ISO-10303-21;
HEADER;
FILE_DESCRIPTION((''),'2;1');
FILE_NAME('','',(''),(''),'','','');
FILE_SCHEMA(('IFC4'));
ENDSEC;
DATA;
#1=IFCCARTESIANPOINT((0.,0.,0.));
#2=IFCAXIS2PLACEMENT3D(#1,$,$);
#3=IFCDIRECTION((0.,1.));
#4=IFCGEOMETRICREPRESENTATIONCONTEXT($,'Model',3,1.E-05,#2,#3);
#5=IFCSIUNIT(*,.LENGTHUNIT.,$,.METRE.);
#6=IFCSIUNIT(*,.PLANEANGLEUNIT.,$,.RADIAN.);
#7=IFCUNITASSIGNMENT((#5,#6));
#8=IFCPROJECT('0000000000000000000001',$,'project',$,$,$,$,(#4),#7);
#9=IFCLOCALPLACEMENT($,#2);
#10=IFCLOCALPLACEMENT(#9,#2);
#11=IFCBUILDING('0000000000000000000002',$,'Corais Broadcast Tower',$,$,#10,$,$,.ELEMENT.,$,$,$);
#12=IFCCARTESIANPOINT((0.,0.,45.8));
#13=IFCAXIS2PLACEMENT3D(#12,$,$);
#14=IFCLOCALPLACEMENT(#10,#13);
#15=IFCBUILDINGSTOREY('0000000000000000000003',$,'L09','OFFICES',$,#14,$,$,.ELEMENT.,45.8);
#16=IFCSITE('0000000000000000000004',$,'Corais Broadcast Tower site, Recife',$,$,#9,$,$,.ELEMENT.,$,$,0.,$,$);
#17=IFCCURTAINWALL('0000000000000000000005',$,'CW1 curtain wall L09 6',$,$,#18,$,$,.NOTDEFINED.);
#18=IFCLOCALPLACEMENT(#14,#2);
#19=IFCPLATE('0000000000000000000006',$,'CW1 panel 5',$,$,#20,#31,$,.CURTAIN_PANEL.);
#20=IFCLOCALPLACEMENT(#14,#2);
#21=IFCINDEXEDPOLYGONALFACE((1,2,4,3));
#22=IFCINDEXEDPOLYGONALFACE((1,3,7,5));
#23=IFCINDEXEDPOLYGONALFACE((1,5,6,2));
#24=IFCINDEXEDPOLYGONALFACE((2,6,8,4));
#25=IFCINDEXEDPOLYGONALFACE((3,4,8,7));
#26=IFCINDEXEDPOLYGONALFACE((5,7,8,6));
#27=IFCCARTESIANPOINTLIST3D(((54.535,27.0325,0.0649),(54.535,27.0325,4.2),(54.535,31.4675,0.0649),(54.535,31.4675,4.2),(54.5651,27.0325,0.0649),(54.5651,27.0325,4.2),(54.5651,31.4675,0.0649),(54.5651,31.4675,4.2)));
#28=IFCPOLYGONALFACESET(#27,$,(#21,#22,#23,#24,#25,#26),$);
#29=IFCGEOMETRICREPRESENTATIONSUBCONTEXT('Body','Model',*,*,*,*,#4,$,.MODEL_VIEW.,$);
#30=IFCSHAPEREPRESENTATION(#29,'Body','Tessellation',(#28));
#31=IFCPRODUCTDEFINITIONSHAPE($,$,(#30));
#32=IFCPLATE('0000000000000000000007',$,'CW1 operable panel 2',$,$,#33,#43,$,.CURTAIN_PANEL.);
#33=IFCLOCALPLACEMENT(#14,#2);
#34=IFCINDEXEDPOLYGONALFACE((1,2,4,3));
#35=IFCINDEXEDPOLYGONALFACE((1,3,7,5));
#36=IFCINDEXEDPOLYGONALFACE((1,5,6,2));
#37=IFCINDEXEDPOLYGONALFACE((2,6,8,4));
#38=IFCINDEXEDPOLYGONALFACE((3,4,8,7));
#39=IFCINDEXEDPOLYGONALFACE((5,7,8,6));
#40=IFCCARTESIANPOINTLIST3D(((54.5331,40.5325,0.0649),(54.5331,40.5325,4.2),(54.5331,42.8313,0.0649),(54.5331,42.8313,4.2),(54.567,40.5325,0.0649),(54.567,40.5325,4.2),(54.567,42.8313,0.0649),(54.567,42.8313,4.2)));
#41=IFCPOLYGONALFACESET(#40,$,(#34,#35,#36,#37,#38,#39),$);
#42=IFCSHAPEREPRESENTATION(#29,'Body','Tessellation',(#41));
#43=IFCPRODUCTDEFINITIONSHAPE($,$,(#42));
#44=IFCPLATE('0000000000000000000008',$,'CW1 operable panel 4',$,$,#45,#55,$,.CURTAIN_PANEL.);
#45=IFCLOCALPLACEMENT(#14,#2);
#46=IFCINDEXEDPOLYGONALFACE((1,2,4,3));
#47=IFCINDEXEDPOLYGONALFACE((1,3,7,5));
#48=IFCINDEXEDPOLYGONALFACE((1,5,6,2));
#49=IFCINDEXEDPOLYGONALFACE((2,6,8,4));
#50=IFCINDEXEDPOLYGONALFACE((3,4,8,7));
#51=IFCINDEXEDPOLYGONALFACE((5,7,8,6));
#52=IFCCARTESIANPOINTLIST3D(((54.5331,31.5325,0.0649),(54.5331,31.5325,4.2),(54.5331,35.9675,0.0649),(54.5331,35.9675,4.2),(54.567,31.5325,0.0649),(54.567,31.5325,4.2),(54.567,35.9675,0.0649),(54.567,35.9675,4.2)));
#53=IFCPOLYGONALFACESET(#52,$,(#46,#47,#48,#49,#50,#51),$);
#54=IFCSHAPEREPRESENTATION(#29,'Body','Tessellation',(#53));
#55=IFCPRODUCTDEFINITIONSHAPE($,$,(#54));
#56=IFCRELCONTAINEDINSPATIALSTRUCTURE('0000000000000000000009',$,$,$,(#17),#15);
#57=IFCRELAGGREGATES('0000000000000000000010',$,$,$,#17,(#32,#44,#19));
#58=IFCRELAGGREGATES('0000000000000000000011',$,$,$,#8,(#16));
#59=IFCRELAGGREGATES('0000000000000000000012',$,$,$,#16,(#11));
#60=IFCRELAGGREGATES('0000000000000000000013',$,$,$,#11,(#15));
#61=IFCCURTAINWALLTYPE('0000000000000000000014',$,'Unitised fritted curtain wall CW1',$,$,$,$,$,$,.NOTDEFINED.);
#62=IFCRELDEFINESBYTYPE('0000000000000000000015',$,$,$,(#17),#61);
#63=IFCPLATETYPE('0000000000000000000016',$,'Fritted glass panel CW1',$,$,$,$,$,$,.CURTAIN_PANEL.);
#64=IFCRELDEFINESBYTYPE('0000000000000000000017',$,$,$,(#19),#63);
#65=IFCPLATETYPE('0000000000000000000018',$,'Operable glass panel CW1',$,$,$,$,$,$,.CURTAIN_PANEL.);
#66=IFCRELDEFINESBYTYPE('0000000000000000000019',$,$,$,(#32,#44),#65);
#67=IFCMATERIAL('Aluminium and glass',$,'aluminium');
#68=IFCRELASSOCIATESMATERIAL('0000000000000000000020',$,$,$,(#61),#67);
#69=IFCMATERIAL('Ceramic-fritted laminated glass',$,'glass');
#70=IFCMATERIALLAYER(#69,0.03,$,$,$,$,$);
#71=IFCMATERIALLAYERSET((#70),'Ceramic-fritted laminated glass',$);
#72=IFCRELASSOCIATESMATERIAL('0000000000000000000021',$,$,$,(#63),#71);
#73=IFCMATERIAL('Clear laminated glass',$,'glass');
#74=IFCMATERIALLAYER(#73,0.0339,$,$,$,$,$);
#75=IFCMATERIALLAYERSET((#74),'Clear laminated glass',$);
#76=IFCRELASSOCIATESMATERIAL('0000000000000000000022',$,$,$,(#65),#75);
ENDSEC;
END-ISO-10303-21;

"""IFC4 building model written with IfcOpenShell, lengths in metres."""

from ifc_helpers import new_model, si_unit, direction, frame, origin, origin_2d, place, context, subcontext, project, spatial, rectangle, extrude, material, layer, layer_set, type_object, element, aggregate, save


model = new_model("IFC4")

# Units and contexts
model_context = context("Model", 3, precision=1e-05, world=origin(), true_north=direction((0.0, 1.0)))
body_context = subcontext(model_context, "Body", "Model", "MODEL_VIEW")
ifc_project = project(units=[si_unit("LENGTHUNIT", "METRE"), si_unit("PLANEANGLEUNIT", "RADIAN")], contexts=[model_context])

# Site, building, storey
site_placement = place(None, origin())
site = spatial("IfcSite", under=ifc_project, at=site_placement, Name="Corais Broadcast Tower site, Recife", CompositionType="ELEMENT", RefElevation=0.0)
building_placement = place(site_placement, origin())
building = spatial("IfcBuilding", under=site, at=building_placement, Name="Corais Broadcast Tower", CompositionType="ELEMENT")
storey_placement = place(building_placement, frame((0.0, 0.0, 45.8)))
storey = spatial("IfcBuildingStorey", under=building, at=storey_placement, Name="L09", Description="OFFICES", CompositionType="ELEMENT", Elevation=45.8)

# Curtain wall
ifc_material_1 = material(Name="Aluminium and glass", Category="aluminium")
curtain_wall_type = type_object("IfcCurtainWallType", Name="Unitised fritted curtain wall CW1", PredefinedType="NOTDEFINED", material=ifc_material_1)
curtain_wall_placement = place(storey_placement, origin())
curtain_wall = element("IfcCurtainWall", 1, at=curtain_wall_placement, inside=storey, type_object=curtain_wall_type, Name="CW1 curtain wall L09 6", PredefinedType="NOTDEFINED")

# Plates
ifc_material_2 = material(Name="Ceramic-fritted laminated glass", Category="glass")
ifc_layer_1 = layer(ifc_material_2, 0.03)
ifc_layer_set_1 = layer_set([ifc_layer_1], Name="Ceramic-fritted laminated glass")
plate_type_1 = type_object("IfcPlateType", Name="Fritted glass panel CW1", PredefinedType="CURTAIN_PANEL", material=ifc_layer_set_1)
plate_1_placement = place(storey_placement, frame((54.55, 29.25, 0.0649), z_axis=(0.0, 0.0, 1.0), x_axis=(0.0, -1.0, 0.0)))
plate_1 = element("IfcPlate", 2, at=plate_1_placement, type_object=plate_type_1, Name="CW1 panel 5", PredefinedType="CURTAIN_PANEL", context=body_context, shape_type="SweptSolid", body=[
    extrude(rectangle(XDim=4.4351, YDim=0.03, at=origin_2d()), origin(), (0.0, 0.0, 1.0), 4.135),
])
ifc_material_3 = material(Name="Clear laminated glass", Category="glass")
ifc_layer_2 = layer(ifc_material_3, 0.0339)
ifc_layer_set_2 = layer_set([ifc_layer_2], Name="Clear laminated glass")
plate_type_2 = type_object("IfcPlateType", Name="Operable glass panel CW1", PredefinedType="CURTAIN_PANEL", material=ifc_layer_set_2)
plate_2_placement = place(storey_placement, frame((54.55, 41.6819, 0.0649), z_axis=(0.0, 0.0, 1.0), x_axis=(0.0, -1.0, 0.0)))
plate_2 = element("IfcPlate", 3, at=plate_2_placement, type_object=plate_type_2, Name="CW1 operable panel 2", PredefinedType="CURTAIN_PANEL", context=body_context, shape_type="SweptSolid", body=[
    extrude(rectangle(XDim=2.2988, YDim=0.0339, at=origin_2d()), origin(), (0.0, 0.0, 1.0), 4.135),
])
plate_3_placement = place(storey_placement, frame((54.55, 33.75, 0.0649), z_axis=(0.0, 0.0, 1.0), x_axis=(0.0, -1.0, 0.0)))
plate_3 = element("IfcPlate", 4, at=plate_3_placement, type_object=plate_type_2, Name="CW1 operable panel 4", PredefinedType="CURTAIN_PANEL", context=body_context, shape_type="SweptSolid", body=[
    extrude(rectangle(XDim=4.4351, YDim=0.0339, at=origin_2d()), origin(), (0.0, 0.0, 1.0), 4.135),
])
aggregate(curtain_wall, [plate_2, plate_3, plate_1])

save(model, "model.ifc")
